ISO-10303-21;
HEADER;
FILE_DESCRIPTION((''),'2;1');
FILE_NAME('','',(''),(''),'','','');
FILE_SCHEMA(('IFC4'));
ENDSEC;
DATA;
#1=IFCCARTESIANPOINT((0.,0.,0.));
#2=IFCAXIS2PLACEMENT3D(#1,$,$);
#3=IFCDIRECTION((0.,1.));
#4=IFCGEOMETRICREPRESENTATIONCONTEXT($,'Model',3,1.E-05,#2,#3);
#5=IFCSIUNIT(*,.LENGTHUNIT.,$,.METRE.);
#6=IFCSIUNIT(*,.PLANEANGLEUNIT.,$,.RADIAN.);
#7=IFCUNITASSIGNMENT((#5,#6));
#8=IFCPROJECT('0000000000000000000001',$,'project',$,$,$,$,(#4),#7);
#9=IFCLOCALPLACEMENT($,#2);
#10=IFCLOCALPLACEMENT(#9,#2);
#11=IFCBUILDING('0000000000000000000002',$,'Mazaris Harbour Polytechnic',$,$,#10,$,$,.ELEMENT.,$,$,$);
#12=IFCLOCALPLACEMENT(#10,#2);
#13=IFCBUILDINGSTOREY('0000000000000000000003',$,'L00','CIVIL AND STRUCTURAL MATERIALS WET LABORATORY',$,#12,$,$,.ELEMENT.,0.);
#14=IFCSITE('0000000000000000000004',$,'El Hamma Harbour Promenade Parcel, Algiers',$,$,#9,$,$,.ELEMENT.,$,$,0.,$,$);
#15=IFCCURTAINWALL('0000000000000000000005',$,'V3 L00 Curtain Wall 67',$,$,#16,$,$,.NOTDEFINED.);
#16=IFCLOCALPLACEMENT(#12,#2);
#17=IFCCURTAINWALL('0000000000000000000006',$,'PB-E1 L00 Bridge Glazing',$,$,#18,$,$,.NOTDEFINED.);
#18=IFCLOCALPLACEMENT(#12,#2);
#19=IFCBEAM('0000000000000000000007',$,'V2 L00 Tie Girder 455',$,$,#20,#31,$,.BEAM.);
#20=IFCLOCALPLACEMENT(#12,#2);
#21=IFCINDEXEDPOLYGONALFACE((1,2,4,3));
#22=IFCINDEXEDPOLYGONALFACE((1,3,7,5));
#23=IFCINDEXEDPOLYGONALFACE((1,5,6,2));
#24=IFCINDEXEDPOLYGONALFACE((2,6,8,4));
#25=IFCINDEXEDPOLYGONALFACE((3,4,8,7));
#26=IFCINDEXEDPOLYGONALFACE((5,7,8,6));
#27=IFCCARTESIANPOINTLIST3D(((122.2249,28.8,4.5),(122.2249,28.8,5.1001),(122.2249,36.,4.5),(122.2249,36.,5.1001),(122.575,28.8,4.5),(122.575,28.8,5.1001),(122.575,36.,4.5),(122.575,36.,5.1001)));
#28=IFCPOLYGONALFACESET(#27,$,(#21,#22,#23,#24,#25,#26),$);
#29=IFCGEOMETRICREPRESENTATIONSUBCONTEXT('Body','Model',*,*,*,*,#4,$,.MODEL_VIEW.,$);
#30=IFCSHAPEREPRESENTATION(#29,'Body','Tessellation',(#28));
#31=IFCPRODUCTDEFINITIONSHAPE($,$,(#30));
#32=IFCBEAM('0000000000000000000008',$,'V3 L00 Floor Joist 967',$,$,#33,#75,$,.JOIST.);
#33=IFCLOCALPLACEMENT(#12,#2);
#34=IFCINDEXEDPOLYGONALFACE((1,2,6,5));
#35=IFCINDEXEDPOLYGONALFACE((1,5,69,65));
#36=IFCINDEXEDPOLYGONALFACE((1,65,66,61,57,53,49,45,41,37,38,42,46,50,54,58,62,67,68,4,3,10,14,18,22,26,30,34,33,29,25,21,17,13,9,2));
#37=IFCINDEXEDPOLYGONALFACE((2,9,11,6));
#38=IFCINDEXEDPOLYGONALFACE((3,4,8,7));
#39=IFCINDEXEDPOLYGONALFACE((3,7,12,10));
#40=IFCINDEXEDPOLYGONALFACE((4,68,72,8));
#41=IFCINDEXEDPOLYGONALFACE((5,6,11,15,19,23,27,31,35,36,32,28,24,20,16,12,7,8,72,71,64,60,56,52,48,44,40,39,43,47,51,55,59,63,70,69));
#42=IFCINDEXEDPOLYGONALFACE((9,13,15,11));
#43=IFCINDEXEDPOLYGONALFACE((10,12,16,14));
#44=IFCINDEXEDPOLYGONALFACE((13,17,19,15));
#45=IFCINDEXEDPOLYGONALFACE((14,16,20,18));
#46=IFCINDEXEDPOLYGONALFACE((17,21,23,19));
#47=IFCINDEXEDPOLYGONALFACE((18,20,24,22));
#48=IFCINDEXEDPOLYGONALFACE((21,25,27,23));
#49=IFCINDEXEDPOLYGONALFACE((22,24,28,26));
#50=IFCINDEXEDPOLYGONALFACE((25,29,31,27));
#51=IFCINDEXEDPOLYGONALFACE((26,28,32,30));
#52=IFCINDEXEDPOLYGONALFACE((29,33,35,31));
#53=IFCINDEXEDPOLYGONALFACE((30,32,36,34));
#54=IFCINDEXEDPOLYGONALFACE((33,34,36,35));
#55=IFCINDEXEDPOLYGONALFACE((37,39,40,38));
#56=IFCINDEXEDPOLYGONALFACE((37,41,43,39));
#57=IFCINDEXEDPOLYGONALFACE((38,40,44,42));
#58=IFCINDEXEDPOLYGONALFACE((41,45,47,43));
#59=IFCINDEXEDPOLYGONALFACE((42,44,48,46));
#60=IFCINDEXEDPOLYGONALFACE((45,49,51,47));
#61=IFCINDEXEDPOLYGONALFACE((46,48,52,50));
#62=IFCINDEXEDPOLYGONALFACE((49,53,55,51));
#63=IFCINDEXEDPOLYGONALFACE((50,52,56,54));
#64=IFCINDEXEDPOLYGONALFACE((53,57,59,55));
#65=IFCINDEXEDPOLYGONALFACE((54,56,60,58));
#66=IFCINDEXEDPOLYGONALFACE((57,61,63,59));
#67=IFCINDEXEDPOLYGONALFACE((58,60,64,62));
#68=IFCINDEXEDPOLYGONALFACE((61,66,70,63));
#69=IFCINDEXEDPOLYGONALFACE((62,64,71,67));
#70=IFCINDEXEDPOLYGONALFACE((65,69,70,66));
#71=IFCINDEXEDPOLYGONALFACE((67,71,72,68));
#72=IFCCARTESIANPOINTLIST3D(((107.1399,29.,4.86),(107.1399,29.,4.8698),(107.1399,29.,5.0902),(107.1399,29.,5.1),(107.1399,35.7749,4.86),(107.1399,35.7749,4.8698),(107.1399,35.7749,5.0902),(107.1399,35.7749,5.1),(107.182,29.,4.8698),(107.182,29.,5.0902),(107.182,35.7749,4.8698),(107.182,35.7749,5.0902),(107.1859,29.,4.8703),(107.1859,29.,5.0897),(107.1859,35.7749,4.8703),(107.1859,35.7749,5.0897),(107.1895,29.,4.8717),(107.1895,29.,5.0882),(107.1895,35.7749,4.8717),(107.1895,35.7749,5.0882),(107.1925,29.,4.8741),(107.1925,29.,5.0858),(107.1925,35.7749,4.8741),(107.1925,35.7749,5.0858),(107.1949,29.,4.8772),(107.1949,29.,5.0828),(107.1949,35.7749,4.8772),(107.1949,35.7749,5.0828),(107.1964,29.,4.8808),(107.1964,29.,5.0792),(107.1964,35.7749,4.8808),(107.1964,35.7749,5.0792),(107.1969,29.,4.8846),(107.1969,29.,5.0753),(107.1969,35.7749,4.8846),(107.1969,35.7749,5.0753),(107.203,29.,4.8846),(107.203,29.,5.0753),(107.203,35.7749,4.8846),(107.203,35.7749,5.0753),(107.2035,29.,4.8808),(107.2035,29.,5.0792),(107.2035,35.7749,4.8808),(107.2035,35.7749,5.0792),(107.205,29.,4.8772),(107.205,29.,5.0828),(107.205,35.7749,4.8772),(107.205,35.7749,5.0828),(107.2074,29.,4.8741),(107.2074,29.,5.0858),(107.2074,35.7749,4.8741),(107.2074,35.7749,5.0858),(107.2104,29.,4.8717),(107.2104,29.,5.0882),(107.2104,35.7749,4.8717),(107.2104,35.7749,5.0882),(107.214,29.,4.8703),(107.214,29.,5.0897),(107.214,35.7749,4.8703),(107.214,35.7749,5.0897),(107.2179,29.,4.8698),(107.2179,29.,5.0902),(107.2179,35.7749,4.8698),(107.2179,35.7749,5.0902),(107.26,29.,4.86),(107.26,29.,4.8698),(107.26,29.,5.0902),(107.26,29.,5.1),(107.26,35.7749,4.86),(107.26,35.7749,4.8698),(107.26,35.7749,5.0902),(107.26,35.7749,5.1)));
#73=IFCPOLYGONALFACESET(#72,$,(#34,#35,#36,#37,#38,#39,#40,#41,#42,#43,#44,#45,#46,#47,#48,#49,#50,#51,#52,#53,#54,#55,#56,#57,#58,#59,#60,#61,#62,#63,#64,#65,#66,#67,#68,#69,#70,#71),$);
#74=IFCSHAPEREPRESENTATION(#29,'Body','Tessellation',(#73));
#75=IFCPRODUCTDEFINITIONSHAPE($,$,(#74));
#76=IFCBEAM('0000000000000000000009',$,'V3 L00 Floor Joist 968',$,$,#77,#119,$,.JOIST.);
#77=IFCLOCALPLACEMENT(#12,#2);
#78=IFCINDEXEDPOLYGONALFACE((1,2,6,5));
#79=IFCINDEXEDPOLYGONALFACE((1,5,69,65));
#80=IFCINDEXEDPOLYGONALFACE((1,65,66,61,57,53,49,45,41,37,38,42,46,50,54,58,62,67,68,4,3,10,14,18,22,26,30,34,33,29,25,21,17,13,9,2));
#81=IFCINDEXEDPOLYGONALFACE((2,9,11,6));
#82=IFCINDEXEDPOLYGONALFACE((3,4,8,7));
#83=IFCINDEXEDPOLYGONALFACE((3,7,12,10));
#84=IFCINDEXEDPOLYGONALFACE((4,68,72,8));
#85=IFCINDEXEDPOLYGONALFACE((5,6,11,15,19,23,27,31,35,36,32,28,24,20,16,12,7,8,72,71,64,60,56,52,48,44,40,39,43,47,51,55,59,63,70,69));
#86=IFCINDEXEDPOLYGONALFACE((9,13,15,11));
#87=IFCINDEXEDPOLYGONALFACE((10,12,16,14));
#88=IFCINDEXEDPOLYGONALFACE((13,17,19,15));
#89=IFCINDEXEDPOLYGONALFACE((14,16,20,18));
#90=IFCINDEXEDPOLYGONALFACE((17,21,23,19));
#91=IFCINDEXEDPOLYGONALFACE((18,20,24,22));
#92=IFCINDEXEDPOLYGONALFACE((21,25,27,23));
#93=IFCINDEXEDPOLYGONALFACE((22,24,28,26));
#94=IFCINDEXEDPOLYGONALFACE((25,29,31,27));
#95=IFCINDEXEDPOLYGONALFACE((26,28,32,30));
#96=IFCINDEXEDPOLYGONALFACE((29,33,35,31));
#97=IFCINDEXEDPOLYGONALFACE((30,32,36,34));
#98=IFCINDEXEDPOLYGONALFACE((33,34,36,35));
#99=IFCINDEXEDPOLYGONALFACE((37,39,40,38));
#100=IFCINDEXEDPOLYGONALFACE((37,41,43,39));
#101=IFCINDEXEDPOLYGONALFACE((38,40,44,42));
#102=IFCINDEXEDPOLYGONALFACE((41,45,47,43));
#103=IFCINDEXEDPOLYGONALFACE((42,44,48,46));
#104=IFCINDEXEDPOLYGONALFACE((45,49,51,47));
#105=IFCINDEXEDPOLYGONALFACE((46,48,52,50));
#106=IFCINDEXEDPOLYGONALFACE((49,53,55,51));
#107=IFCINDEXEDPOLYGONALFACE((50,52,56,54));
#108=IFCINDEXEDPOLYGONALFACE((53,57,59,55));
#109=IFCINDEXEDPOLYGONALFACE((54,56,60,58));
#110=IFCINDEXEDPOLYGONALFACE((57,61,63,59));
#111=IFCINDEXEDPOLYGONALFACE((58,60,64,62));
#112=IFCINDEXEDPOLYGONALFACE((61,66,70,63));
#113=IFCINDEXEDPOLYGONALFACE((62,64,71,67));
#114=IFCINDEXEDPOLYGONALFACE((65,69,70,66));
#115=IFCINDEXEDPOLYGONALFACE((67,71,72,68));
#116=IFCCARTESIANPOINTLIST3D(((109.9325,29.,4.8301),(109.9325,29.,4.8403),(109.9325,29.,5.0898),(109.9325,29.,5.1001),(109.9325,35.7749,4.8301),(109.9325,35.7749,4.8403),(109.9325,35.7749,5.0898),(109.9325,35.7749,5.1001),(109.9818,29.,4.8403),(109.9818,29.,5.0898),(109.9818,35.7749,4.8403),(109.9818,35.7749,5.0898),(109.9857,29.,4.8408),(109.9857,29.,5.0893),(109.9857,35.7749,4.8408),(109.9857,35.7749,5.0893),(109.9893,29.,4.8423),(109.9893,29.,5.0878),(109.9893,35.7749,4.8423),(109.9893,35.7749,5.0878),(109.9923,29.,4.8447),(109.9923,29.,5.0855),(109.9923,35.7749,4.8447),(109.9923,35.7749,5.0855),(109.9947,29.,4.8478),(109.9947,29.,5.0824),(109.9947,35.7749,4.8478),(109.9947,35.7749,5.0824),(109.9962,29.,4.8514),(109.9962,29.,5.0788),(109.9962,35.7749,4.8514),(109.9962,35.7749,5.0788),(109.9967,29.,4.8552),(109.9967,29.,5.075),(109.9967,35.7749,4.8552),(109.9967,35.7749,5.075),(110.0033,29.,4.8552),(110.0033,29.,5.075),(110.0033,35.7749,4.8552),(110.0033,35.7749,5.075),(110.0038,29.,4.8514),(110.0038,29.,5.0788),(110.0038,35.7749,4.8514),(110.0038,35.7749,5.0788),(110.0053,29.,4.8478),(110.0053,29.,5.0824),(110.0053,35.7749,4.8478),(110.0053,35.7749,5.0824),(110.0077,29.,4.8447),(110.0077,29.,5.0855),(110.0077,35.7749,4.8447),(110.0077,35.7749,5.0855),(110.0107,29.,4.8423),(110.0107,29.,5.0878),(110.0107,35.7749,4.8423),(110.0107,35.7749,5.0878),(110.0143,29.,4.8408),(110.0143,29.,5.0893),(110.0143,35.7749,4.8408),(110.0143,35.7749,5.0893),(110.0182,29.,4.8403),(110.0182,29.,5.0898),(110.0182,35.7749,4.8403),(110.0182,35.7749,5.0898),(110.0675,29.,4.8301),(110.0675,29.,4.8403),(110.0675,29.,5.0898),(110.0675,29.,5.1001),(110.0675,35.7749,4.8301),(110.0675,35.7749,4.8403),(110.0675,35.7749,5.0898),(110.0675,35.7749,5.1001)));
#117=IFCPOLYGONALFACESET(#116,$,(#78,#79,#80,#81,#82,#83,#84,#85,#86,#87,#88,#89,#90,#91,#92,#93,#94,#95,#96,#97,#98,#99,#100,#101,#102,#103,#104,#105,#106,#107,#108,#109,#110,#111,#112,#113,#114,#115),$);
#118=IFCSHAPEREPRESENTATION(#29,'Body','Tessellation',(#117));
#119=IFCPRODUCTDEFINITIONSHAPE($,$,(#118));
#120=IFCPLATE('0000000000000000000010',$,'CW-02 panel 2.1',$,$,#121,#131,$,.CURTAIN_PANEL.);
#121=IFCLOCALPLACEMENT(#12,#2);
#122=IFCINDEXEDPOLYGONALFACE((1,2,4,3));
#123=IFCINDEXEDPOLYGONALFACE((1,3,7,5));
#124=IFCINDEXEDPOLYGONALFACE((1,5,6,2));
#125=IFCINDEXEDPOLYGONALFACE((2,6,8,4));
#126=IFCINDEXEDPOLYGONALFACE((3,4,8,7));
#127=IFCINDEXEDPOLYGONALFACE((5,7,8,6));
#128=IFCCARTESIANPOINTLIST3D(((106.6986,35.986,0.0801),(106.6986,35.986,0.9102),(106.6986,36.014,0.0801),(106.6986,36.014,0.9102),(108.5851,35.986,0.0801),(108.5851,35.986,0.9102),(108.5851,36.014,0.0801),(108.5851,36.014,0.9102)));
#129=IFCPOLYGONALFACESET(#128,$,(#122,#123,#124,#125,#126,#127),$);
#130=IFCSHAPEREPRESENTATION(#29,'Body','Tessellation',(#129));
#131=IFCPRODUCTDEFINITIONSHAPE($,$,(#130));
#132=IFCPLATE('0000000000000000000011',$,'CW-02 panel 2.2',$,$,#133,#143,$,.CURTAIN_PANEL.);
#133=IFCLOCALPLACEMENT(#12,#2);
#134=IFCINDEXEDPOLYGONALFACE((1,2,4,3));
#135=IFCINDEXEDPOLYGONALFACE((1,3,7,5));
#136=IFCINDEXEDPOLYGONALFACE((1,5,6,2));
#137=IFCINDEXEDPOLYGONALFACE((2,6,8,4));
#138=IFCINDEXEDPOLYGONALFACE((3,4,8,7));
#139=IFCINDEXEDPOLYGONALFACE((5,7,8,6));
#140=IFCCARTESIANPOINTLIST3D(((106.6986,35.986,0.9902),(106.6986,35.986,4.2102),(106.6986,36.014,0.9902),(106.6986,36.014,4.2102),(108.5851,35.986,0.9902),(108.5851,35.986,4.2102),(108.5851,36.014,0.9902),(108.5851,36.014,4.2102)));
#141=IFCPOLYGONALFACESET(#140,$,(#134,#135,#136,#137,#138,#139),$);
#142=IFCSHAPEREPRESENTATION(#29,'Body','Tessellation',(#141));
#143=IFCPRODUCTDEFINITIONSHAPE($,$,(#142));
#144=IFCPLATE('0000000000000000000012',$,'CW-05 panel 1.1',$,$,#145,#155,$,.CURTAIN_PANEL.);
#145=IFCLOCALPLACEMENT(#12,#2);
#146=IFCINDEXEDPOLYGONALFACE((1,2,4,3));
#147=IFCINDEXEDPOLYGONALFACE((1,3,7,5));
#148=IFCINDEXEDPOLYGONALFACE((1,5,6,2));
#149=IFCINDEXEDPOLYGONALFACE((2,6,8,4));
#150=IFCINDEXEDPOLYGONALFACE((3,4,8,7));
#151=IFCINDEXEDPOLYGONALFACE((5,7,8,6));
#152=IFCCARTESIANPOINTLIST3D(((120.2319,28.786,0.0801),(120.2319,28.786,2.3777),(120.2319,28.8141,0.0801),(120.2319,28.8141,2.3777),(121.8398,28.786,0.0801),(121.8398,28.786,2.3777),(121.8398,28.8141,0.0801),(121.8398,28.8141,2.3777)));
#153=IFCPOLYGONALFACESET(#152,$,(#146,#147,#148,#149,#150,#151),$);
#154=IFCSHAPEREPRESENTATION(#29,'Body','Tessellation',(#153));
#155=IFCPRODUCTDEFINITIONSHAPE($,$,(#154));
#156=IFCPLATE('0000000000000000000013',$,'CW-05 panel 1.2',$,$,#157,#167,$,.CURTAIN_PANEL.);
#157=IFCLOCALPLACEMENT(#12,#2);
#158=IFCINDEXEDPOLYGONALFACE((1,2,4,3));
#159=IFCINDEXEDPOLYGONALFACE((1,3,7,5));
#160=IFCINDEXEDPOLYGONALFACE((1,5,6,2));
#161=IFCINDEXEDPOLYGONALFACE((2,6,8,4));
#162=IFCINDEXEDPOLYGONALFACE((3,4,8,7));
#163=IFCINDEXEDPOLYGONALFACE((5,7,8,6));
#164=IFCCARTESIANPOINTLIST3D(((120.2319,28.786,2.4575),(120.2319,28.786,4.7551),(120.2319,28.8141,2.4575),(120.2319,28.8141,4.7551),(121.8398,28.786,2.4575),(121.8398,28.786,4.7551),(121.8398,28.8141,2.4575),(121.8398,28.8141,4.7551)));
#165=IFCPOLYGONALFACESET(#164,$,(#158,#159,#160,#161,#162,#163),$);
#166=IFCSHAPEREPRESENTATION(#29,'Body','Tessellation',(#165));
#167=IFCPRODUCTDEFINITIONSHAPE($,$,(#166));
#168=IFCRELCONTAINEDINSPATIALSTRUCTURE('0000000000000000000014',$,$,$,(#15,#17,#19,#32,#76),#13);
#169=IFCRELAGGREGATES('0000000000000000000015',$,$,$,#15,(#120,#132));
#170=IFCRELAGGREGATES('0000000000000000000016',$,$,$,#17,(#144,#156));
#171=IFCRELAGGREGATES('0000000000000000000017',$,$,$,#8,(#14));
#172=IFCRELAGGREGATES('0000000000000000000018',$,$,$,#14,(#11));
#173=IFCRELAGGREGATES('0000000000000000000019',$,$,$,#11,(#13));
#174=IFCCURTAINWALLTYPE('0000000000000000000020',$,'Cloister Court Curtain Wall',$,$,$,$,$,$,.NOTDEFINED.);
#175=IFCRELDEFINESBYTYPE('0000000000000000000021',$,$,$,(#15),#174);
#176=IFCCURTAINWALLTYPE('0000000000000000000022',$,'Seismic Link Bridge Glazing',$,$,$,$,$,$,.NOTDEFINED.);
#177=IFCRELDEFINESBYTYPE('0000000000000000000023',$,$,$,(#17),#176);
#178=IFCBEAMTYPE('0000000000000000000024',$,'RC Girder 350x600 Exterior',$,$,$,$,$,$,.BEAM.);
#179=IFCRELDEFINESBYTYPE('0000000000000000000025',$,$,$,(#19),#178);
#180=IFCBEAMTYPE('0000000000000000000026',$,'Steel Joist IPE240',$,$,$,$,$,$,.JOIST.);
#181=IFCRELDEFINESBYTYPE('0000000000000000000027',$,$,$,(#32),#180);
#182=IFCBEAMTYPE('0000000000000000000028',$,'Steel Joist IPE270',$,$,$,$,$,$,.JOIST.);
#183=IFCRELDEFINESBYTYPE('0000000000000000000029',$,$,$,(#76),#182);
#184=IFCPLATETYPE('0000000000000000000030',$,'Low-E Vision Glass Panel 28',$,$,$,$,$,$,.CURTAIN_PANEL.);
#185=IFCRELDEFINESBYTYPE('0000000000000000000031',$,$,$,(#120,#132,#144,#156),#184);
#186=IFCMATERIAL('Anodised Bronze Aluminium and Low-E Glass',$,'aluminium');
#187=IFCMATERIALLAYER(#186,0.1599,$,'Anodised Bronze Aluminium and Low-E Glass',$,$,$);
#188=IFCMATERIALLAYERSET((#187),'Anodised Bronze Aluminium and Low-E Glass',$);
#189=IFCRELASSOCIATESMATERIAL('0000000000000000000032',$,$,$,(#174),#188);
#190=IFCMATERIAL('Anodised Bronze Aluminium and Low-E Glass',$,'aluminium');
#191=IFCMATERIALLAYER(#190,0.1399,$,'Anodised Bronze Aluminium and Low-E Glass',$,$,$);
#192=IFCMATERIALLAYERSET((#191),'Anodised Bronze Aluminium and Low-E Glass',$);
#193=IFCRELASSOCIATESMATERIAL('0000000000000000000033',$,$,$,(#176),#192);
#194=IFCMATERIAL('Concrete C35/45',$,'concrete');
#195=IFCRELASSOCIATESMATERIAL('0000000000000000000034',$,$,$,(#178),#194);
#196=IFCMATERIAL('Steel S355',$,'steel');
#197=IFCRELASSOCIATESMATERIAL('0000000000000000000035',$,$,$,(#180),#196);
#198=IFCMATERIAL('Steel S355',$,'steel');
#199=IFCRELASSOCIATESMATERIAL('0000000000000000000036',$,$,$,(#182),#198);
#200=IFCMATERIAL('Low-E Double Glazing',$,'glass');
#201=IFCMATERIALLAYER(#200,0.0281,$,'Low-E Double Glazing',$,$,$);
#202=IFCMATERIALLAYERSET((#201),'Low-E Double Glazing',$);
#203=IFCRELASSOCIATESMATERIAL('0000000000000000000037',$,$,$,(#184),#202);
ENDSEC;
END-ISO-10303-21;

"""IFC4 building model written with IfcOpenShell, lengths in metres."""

from ifc_helpers import new_model, si_unit, direction, frame, origin, origin_2d, place, context, subcontext, project, spatial, rectangle, i_section, extrude, material, layer, layer_set, material_profile, profile_set, type_object, element, aggregate, save


model = new_model("IFC4")

# Units and contexts
model_context = context("Model", 3, precision=1e-05, world=origin(), true_north=direction((0.0, 1.0)))
body_context = subcontext(model_context, "Body", "Model", "MODEL_VIEW")
ifc_project = project(units=[si_unit("LENGTHUNIT", "METRE"), si_unit("PLANEANGLEUNIT", "RADIAN")], contexts=[model_context])

# Site, building, storey
site_placement = place(None, origin())
site = spatial("IfcSite", under=ifc_project, at=site_placement, Name="El Hamma Harbour Promenade Parcel, Algiers", CompositionType="ELEMENT", RefElevation=0.0)
building_placement = place(site_placement, origin())
building = spatial("IfcBuilding", under=site, at=building_placement, Name="Mazaris Harbour Polytechnic", CompositionType="ELEMENT")
storey_placement = place(building_placement, origin())
storey = spatial("IfcBuildingStorey", under=building, at=storey_placement, Name="L00", Description="CIVIL AND STRUCTURAL MATERIALS WET LABORATORY", CompositionType="ELEMENT", Elevation=0.0)

# Curtain wall
ifc_material_1 = material(Name="Anodised Bronze Aluminium and Low-E Glass", Category="aluminium")
ifc_layer_1 = layer(ifc_material_1, 0.1599, Name="Anodised Bronze Aluminium and Low-E Glass")
ifc_layer_set_1 = layer_set([ifc_layer_1], Name="Anodised Bronze Aluminium and Low-E Glass")
curtain_wall_type_1 = type_object("IfcCurtainWallType", Name="Cloister Court Curtain Wall", PredefinedType="NOTDEFINED", material=ifc_layer_set_1)
curtain_wall_1_placement = place(storey_placement, origin())
curtain_wall_1 = element("IfcCurtainWall", 1, at=curtain_wall_1_placement, inside=storey, type_object=curtain_wall_type_1, Name="V3 L00 Curtain Wall 67", PredefinedType="NOTDEFINED")

# Curtain wall
ifc_material_2 = material(Name="Anodised Bronze Aluminium and Low-E Glass", Category="aluminium")
ifc_layer_2 = layer(ifc_material_2, 0.1399, Name="Anodised Bronze Aluminium and Low-E Glass")
ifc_layer_set_2 = layer_set([ifc_layer_2], Name="Anodised Bronze Aluminium and Low-E Glass")
curtain_wall_type_2 = type_object("IfcCurtainWallType", Name="Seismic Link Bridge Glazing", PredefinedType="NOTDEFINED", material=ifc_layer_set_2)
curtain_wall_2_placement = place(storey_placement, origin())
curtain_wall_2 = element("IfcCurtainWall", 2, at=curtain_wall_2_placement, inside=storey, type_object=curtain_wall_type_2, Name="PB-E1 L00 Bridge Glazing", PredefinedType="NOTDEFINED")

# Beams
ifc_material_3 = material(Name="Concrete C35/45", Category="concrete")
ifc_material_profile_1 = material_profile(ifc_material_3, rectangle(XDim=0.3501, YDim=0.6001, at=origin_2d()), Name="RECT350x600")
ifc_profile_set_1 = profile_set([ifc_material_profile_1], Name="Concrete C35/45")
beam_type_1 = type_object("IfcBeamType", Name="RC Girder 350x600 Exterior", PredefinedType="BEAM", material=ifc_profile_set_1)
beam_1_placement = place(storey_placement, frame((122.3999, 28.8, 4.8), z_axis=(0.0, 1.0, 0.0), x_axis=(-1.0, 0.0, 0.0)))
element("IfcBeam", 3, at=beam_1_placement, inside=storey, type_object=beam_type_1, Name="V2 L00 Tie Girder 455", PredefinedType="BEAM", context=body_context, shape_type="SweptSolid", body=[
    extrude(rectangle(XDim=0.3501, YDim=0.6001, at=origin_2d()), origin(), (0.0, 0.0, 1.0), 7.2),
])
ifc_material_4 = material(Name="Steel S355", Category="steel")
ifc_material_profile_2 = material_profile(ifc_material_4, i_section(OverallWidth=0.1201, OverallDepth=0.24, WebThickness=0.0061, FlangeThickness=0.0098, FilletRadius=0.0149, at=origin_2d()), Name="IPE 240")
ifc_profile_set_2 = profile_set([ifc_material_profile_2], Name="Steel S355")
beam_type_2 = type_object("IfcBeamType", Name="Steel Joist IPE240", PredefinedType="JOIST", material=ifc_profile_set_2)
beam_2_placement = place(storey_placement, frame((107.2, 29.0, 4.98), z_axis=(0.0, 1.0, 0.0), x_axis=(-1.0, 0.0, 0.0)))
element("IfcBeam", 4, at=beam_2_placement, inside=storey, type_object=beam_type_2, Name="V3 L00 Floor Joist 967", PredefinedType="JOIST", context=body_context, shape_type="SweptSolid", body=[
    extrude(i_section(OverallWidth=0.1201, OverallDepth=0.24, WebThickness=0.0061, FlangeThickness=0.0098, FilletRadius=0.0149, at=origin_2d()), origin(), (0.0, 0.0, 1.0), 6.7749),
])
ifc_material_5 = material(Name="Steel S355", Category="steel")
ifc_material_profile_3 = material_profile(ifc_material_5, i_section(OverallWidth=0.135, OverallDepth=0.27, WebThickness=0.0066, FlangeThickness=0.0103, FilletRadius=0.0149, at=origin_2d()), Name="IPE 270")
ifc_profile_set_3 = profile_set([ifc_material_profile_3], Name="Steel S355")
beam_type_3 = type_object("IfcBeamType", Name="Steel Joist IPE270", PredefinedType="JOIST", material=ifc_profile_set_3)
beam_3_placement = place(storey_placement, frame((110.0, 29.0, 4.9651), z_axis=(0.0, 1.0, 0.0), x_axis=(-1.0, 0.0, 0.0)))
element("IfcBeam", 5, at=beam_3_placement, inside=storey, type_object=beam_type_3, Name="V3 L00 Floor Joist 968", PredefinedType="JOIST", context=body_context, shape_type="SweptSolid", body=[
    extrude(i_section(OverallWidth=0.135, OverallDepth=0.27, WebThickness=0.0066, FlangeThickness=0.0103, FilletRadius=0.0149, at=origin_2d()), origin(), (0.0, 0.0, 1.0), 6.7749),
])

# Plates
ifc_material_6 = material(Name="Low-E Double Glazing", Category="glass")
ifc_layer_3 = layer(ifc_material_6, 0.0281, Name="Low-E Double Glazing")
ifc_layer_set_3 = layer_set([ifc_layer_3], Name="Low-E Double Glazing")
plate_type = type_object("IfcPlateType", Name="Low-E Vision Glass Panel 28", PredefinedType="CURTAIN_PANEL", material=ifc_layer_set_3)
plate_1_placement = place(storey_placement, frame((107.6418, 36.0, 0.0801), z_axis=(0.0, 0.0, 1.0), x_axis=(1.0, 0.0, 0.0)))
plate_1 = element("IfcPlate", 6, at=plate_1_placement, type_object=plate_type, Name="CW-02 panel 2.1", PredefinedType="CURTAIN_PANEL", context=body_context, shape_type="SweptSolid", body=[
    extrude(rectangle(XDim=1.8865, YDim=0.0281, at=origin_2d()), origin(), (0.0, 0.0, 1.0), 0.8301),
])
plate_2_placement = place(storey_placement, frame((107.6418, 36.0, 0.9902), z_axis=(0.0, 0.0, 1.0), x_axis=(1.0, 0.0, 0.0)))
plate_2 = element("IfcPlate", 7, at=plate_2_placement, type_object=plate_type, Name="CW-02 panel 2.2", PredefinedType="CURTAIN_PANEL", context=body_context, shape_type="SweptSolid", body=[
    extrude(rectangle(XDim=1.8865, YDim=0.0281, at=origin_2d()), origin(), (0.0, 0.0, 1.0), 3.22),
])
aggregate(curtain_wall_1, [plate_1, plate_2])
plate_3_placement = place(storey_placement, frame((121.0359, 28.8, 0.0801), z_axis=(0.0, 0.0, 1.0), x_axis=(-1.0, 0.0, 0.0)))
plate_3 = element("IfcPlate", 8, at=plate_3_placement, type_object=plate_type, Name="CW-05 panel 1.1", PredefinedType="CURTAIN_PANEL", context=body_context, shape_type="SweptSolid", body=[
    extrude(rectangle(XDim=1.6079, YDim=0.0281, at=origin_2d()), origin(), (0.0, 0.0, 1.0), 2.2976),
])
plate_4_placement = place(storey_placement, frame((121.0359, 28.8, 2.4575), z_axis=(0.0, 0.0, 1.0), x_axis=(-1.0, 0.0, 0.0)))
plate_4 = element("IfcPlate", 9, at=plate_4_placement, type_object=plate_type, Name="CW-05 panel 1.2", PredefinedType="CURTAIN_PANEL", context=body_context, shape_type="SweptSolid", body=[
    extrude(rectangle(XDim=1.6079, YDim=0.0281, at=origin_2d()), origin(), (0.0, 0.0, 1.0), 2.2976),
])
aggregate(curtain_wall_2, [plate_3, plate_4])

save(model, "model.ifc")
